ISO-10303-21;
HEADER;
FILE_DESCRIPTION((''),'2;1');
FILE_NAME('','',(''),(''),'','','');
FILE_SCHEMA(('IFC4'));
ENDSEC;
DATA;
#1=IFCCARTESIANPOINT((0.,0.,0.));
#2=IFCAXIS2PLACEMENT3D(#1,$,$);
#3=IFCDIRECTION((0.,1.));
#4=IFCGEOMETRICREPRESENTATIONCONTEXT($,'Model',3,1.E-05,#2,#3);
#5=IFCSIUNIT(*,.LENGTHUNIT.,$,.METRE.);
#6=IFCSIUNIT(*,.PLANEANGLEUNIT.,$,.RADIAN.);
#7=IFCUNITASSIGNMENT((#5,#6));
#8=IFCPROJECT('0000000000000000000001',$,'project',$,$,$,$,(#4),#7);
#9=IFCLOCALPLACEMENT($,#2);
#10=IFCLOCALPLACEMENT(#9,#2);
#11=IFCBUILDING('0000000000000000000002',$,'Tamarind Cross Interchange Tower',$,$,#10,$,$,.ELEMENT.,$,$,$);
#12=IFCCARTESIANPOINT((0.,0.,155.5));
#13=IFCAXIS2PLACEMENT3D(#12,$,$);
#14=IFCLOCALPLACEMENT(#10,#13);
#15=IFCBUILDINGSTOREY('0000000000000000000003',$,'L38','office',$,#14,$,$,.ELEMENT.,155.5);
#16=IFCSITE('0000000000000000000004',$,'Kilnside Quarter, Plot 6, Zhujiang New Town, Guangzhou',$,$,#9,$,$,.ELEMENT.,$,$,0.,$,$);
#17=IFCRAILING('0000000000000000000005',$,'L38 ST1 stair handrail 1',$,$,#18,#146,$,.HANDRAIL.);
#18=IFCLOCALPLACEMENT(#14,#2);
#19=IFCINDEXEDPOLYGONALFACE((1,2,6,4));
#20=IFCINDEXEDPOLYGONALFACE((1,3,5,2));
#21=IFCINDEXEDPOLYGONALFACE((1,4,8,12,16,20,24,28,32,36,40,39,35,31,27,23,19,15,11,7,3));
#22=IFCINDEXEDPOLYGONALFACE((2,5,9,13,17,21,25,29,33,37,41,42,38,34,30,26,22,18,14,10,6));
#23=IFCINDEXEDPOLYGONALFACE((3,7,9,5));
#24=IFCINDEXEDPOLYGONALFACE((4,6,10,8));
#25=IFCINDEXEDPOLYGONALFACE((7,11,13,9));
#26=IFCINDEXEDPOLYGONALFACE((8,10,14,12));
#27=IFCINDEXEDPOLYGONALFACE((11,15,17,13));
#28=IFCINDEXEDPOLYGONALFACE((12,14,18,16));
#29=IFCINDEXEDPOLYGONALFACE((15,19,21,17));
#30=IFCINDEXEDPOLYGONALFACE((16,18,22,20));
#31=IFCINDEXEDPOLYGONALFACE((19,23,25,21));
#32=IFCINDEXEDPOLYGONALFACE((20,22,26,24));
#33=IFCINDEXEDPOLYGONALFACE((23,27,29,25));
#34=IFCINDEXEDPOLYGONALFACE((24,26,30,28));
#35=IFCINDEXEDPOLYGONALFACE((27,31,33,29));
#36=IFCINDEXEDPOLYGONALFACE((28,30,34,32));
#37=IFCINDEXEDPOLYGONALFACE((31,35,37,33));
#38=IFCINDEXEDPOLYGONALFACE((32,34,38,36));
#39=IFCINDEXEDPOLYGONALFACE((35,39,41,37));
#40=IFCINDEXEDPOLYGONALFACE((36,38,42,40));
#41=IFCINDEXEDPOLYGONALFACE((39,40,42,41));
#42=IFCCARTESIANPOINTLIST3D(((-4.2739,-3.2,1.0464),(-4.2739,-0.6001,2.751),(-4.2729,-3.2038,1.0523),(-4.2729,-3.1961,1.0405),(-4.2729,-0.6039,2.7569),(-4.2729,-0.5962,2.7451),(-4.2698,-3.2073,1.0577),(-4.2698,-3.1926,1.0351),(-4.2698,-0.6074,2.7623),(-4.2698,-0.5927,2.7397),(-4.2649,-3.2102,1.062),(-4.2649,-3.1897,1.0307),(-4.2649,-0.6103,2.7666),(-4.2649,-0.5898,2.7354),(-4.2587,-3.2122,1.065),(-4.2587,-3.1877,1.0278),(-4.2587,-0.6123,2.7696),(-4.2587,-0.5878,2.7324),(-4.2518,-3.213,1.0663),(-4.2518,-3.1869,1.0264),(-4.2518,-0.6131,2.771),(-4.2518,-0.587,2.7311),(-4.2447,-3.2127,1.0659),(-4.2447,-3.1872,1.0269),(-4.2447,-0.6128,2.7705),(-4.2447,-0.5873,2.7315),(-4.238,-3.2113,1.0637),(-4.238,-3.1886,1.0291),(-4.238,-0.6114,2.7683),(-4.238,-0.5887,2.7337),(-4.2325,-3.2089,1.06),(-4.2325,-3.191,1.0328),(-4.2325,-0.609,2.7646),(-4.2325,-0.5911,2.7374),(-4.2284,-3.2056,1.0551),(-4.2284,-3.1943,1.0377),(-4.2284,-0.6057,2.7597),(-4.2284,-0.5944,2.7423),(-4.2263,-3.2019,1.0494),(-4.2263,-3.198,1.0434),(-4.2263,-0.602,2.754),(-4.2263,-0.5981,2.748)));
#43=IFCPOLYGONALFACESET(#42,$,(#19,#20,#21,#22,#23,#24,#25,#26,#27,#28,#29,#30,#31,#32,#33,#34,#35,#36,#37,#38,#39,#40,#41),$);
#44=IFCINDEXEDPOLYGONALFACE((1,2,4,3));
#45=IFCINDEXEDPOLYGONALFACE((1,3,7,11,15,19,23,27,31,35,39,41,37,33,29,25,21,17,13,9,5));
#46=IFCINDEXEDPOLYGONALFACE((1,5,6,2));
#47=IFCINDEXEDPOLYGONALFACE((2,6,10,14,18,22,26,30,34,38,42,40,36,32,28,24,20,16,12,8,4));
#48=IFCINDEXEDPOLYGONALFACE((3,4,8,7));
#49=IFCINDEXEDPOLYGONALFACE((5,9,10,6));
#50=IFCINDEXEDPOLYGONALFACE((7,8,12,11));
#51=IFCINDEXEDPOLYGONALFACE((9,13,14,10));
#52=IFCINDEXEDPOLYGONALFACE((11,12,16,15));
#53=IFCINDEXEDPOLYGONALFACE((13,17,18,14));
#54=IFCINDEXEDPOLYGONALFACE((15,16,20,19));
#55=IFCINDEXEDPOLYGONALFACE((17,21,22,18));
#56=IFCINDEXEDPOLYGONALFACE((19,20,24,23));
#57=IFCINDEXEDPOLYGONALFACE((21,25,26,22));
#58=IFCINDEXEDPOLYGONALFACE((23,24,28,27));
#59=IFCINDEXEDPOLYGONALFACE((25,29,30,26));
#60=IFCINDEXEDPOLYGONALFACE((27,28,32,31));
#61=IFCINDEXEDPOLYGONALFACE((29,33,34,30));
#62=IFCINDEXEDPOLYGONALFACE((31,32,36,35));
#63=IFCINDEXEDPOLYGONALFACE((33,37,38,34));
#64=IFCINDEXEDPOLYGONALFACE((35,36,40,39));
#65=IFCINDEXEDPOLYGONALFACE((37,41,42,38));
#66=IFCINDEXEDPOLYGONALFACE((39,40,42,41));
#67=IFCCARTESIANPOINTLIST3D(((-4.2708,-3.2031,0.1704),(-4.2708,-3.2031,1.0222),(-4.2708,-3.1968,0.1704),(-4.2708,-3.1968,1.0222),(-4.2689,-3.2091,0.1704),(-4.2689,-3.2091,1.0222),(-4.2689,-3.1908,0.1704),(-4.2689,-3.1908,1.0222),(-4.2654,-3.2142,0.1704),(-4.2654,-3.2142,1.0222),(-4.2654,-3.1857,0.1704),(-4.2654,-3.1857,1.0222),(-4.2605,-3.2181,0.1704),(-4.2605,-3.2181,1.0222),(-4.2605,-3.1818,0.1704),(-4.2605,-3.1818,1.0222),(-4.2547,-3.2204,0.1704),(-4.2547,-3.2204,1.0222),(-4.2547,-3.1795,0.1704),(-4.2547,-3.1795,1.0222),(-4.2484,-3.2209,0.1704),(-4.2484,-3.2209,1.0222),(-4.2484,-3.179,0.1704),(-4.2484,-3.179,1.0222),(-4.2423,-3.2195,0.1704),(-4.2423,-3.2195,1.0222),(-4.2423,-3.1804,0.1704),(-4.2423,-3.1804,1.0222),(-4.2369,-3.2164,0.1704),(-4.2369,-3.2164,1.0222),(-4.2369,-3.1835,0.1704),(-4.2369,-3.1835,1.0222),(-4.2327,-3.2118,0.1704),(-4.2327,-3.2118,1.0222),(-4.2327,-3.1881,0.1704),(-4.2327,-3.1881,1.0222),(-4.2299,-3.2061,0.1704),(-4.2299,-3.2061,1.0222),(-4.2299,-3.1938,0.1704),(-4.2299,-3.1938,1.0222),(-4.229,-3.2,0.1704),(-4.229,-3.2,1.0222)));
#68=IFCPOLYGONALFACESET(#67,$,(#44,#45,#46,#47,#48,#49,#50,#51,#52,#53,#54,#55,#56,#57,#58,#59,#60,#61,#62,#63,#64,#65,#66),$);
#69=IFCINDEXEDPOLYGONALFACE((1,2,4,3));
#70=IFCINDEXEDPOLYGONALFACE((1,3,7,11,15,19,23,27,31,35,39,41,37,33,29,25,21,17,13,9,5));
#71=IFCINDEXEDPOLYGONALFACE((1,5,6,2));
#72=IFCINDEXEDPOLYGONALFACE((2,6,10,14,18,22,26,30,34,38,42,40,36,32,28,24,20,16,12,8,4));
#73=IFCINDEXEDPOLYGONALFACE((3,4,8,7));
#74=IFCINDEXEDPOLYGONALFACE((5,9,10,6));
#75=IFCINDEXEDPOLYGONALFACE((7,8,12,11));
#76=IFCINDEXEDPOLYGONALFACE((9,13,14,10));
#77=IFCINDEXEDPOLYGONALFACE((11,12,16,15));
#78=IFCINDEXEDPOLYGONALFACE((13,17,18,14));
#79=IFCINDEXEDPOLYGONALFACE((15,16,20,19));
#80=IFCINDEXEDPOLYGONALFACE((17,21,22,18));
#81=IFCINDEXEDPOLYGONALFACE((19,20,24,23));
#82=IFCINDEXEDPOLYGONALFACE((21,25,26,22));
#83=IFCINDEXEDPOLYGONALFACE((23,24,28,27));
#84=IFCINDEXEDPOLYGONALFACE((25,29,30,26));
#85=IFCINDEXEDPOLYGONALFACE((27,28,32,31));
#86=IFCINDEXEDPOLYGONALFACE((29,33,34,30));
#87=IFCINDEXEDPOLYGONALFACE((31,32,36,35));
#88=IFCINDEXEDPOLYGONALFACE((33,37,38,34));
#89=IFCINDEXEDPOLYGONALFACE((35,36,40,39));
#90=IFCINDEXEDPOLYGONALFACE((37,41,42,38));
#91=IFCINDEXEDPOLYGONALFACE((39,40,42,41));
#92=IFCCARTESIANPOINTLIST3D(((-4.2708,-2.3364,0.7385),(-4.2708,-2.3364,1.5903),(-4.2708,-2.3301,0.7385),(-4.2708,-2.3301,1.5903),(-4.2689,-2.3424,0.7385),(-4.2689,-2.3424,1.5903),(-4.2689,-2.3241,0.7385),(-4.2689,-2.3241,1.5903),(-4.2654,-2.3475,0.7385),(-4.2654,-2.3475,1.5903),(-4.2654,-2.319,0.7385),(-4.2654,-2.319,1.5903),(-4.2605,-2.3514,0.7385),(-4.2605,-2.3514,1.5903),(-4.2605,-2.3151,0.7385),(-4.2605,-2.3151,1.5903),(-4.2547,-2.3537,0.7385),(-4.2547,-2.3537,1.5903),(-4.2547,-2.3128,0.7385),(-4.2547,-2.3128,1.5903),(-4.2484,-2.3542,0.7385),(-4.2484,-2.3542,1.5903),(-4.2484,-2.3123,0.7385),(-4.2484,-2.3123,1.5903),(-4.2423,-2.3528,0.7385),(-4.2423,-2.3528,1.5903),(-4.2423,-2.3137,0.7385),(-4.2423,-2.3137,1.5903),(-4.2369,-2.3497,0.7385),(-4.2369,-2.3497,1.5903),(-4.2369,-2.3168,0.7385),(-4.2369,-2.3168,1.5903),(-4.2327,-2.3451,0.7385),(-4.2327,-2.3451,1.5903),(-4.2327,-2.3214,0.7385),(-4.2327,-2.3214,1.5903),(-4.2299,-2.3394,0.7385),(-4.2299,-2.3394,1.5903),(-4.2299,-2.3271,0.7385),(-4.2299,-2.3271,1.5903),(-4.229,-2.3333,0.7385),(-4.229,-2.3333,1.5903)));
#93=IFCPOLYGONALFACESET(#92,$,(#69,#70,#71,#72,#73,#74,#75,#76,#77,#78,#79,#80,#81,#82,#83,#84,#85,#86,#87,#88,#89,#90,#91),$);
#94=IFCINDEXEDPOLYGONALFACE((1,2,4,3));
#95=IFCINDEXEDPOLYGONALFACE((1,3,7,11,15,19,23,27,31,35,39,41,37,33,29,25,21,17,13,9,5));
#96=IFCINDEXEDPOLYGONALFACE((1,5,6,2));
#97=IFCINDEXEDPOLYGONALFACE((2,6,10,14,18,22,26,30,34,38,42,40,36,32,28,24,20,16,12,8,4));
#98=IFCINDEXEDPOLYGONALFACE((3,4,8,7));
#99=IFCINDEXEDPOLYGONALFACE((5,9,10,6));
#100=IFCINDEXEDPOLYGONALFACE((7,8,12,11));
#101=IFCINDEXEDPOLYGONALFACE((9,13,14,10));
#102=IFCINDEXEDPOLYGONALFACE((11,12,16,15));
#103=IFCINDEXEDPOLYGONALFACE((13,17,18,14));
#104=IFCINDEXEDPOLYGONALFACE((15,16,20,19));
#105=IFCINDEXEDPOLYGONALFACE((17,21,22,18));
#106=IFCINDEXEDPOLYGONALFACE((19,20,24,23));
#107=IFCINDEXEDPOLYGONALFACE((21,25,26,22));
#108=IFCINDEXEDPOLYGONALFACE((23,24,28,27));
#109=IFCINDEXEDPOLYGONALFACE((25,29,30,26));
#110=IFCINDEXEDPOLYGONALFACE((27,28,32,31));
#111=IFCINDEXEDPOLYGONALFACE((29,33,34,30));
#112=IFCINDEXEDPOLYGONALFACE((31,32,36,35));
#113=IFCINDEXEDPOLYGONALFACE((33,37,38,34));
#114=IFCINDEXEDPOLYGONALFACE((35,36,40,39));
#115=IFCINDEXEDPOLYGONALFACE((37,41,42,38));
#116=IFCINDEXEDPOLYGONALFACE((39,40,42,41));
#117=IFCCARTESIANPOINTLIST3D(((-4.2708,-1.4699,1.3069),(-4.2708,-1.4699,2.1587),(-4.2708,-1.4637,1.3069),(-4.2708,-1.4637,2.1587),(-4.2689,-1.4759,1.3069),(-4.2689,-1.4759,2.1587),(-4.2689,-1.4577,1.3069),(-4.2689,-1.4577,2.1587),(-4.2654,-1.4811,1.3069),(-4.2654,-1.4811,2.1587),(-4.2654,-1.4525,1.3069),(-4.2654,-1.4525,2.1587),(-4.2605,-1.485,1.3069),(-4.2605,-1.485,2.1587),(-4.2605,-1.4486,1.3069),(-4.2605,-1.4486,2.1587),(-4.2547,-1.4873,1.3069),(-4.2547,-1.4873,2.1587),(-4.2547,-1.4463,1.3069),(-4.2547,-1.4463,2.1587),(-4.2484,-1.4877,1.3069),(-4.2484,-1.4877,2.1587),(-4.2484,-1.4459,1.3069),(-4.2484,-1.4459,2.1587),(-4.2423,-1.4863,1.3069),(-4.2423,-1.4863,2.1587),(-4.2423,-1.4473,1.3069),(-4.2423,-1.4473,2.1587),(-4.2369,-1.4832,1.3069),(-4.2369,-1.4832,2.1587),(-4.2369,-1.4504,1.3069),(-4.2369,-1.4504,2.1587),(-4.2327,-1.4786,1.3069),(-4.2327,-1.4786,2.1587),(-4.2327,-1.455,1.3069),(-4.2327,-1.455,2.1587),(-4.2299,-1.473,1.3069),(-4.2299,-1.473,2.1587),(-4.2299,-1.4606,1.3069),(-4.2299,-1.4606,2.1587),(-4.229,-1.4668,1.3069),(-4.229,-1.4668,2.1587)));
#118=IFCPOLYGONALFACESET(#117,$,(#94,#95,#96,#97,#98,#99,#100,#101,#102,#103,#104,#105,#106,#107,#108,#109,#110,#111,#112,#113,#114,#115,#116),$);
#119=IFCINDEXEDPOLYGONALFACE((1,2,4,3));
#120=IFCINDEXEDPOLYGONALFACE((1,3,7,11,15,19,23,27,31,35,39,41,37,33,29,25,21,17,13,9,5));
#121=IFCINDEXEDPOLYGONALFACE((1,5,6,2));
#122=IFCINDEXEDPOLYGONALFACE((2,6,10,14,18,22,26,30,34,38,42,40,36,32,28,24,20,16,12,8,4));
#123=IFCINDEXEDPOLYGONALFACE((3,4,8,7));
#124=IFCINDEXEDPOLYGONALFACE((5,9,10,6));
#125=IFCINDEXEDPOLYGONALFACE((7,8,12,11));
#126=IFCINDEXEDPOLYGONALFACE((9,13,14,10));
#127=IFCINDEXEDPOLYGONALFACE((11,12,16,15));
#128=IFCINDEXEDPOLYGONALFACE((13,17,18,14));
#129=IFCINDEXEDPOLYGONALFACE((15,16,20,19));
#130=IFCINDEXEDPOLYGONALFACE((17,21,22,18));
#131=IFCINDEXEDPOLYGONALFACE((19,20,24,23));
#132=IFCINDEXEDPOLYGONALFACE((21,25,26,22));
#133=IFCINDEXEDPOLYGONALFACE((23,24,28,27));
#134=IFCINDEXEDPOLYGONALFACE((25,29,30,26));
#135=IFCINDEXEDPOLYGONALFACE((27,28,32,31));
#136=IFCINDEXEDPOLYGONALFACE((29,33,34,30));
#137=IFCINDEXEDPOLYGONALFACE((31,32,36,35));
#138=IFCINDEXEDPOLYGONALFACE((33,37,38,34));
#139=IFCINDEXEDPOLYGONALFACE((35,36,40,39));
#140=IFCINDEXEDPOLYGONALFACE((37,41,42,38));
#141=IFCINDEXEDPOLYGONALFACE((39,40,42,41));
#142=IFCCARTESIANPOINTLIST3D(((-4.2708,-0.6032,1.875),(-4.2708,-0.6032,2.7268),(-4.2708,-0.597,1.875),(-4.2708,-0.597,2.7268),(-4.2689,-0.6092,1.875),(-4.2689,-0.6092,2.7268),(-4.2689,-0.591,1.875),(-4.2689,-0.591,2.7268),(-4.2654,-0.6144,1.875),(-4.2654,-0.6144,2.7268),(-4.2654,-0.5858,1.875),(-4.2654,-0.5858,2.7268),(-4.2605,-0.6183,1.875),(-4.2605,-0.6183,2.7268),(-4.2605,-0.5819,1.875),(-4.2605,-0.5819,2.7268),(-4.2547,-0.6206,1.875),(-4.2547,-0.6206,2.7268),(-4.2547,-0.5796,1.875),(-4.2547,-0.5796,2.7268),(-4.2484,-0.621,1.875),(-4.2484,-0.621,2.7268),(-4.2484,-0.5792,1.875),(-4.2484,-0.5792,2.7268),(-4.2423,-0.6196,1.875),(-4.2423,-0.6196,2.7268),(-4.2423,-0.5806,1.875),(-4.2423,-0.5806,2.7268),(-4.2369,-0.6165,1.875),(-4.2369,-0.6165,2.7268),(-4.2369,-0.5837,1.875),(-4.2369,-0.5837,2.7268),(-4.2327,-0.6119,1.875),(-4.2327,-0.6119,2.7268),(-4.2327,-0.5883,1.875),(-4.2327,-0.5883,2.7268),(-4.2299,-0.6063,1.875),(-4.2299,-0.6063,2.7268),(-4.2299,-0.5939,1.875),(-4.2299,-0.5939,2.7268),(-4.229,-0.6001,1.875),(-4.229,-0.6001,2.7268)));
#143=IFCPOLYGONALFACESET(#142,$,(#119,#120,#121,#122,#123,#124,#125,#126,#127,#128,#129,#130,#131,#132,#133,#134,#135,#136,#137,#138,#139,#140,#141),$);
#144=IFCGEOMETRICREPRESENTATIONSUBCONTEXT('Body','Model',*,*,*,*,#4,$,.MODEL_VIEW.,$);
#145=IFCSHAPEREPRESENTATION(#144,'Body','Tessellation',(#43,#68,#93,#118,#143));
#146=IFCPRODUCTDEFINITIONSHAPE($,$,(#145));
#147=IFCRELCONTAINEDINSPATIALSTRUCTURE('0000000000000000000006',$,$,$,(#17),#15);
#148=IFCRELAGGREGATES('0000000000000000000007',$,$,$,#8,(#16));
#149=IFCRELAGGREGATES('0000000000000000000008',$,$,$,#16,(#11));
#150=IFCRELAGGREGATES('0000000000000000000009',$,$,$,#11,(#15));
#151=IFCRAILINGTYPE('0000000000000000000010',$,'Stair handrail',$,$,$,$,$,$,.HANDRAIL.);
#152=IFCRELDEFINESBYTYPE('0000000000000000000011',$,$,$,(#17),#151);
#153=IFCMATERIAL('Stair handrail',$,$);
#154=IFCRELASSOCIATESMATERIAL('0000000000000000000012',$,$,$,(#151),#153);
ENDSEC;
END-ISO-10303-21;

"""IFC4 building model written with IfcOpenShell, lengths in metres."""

from ifc_helpers import new_model, si_unit, direction, frame, origin, origin_2d, place, context, subcontext, project, spatial, circle, extrude, material, type_object, element, save


model = new_model("IFC4")

# Units and contexts
model_context = context("Model", 3, precision=1e-05, world=origin(), true_north=direction((0.0, 1.0)))
body_context = subcontext(model_context, "Body", "Model", "MODEL_VIEW")
ifc_project = project(units=[si_unit("LENGTHUNIT", "METRE"), si_unit("PLANEANGLEUNIT", "RADIAN")], contexts=[model_context])

# Site, building, storey
site_placement = place(None, origin())
site = spatial("IfcSite", under=ifc_project, at=site_placement, Name="Kilnside Quarter, Plot 6, Zhujiang New Town, Guangzhou", CompositionType="ELEMENT", RefElevation=0.0)
building_placement = place(site_placement, origin())
building = spatial("IfcBuilding", under=site, at=building_placement, Name="Tamarind Cross Interchange Tower", CompositionType="ELEMENT")
storey_placement = place(building_placement, frame((0.0, 0.0, 155.5)))
storey = spatial("IfcBuildingStorey", under=building, at=storey_placement, Name="L38", Description="office", CompositionType="ELEMENT", Elevation=155.5)

# Railing
ifc_material_1 = material(Name="Stair handrail")
railing_type_1 = type_object("IfcRailingType", Name="Stair handrail", PredefinedType="HANDRAIL", material=ifc_material_1)
railing_1_placement = place(storey_placement, frame((-4.25, -3.2, 0.1704)))
element("IfcRailing", 1, at=railing_1_placement, inside=storey, type_object=railing_type_1, Name="L38 ST1 stair handrail 1", PredefinedType="HANDRAIL", context=body_context, shape_type="SweptSolid", body=[
    extrude(circle(Radius=0.0239, at=origin_2d()), frame((0.0, 0.0, 0.876), z_axis=(0.0, 0.836279, 0.548305), x_axis=(-1.0, 0.0, 0.0)), (0.0, 0.0, 1.0), 3.1089),
    extrude(circle(Radius=0.021, at=origin_2d()), origin(), (0.0, 0.0, 1.0), 0.8518),
    extrude(circle(Radius=0.021, at=origin_2d()), frame((0.0, 0.8667, 0.5681)), (0.0, 0.0, 1.0), 0.8518),
    extrude(circle(Radius=0.021, at=origin_2d()), frame((0.0, 1.7332, 1.1365)), (0.0, 0.0, 1.0), 0.8518),
    extrude(circle(Radius=0.021, at=origin_2d()), frame((0.0, 2.5999, 1.7046)), (0.0, 0.0, 1.0), 0.8518),
])

save(model, "model.ifc")
